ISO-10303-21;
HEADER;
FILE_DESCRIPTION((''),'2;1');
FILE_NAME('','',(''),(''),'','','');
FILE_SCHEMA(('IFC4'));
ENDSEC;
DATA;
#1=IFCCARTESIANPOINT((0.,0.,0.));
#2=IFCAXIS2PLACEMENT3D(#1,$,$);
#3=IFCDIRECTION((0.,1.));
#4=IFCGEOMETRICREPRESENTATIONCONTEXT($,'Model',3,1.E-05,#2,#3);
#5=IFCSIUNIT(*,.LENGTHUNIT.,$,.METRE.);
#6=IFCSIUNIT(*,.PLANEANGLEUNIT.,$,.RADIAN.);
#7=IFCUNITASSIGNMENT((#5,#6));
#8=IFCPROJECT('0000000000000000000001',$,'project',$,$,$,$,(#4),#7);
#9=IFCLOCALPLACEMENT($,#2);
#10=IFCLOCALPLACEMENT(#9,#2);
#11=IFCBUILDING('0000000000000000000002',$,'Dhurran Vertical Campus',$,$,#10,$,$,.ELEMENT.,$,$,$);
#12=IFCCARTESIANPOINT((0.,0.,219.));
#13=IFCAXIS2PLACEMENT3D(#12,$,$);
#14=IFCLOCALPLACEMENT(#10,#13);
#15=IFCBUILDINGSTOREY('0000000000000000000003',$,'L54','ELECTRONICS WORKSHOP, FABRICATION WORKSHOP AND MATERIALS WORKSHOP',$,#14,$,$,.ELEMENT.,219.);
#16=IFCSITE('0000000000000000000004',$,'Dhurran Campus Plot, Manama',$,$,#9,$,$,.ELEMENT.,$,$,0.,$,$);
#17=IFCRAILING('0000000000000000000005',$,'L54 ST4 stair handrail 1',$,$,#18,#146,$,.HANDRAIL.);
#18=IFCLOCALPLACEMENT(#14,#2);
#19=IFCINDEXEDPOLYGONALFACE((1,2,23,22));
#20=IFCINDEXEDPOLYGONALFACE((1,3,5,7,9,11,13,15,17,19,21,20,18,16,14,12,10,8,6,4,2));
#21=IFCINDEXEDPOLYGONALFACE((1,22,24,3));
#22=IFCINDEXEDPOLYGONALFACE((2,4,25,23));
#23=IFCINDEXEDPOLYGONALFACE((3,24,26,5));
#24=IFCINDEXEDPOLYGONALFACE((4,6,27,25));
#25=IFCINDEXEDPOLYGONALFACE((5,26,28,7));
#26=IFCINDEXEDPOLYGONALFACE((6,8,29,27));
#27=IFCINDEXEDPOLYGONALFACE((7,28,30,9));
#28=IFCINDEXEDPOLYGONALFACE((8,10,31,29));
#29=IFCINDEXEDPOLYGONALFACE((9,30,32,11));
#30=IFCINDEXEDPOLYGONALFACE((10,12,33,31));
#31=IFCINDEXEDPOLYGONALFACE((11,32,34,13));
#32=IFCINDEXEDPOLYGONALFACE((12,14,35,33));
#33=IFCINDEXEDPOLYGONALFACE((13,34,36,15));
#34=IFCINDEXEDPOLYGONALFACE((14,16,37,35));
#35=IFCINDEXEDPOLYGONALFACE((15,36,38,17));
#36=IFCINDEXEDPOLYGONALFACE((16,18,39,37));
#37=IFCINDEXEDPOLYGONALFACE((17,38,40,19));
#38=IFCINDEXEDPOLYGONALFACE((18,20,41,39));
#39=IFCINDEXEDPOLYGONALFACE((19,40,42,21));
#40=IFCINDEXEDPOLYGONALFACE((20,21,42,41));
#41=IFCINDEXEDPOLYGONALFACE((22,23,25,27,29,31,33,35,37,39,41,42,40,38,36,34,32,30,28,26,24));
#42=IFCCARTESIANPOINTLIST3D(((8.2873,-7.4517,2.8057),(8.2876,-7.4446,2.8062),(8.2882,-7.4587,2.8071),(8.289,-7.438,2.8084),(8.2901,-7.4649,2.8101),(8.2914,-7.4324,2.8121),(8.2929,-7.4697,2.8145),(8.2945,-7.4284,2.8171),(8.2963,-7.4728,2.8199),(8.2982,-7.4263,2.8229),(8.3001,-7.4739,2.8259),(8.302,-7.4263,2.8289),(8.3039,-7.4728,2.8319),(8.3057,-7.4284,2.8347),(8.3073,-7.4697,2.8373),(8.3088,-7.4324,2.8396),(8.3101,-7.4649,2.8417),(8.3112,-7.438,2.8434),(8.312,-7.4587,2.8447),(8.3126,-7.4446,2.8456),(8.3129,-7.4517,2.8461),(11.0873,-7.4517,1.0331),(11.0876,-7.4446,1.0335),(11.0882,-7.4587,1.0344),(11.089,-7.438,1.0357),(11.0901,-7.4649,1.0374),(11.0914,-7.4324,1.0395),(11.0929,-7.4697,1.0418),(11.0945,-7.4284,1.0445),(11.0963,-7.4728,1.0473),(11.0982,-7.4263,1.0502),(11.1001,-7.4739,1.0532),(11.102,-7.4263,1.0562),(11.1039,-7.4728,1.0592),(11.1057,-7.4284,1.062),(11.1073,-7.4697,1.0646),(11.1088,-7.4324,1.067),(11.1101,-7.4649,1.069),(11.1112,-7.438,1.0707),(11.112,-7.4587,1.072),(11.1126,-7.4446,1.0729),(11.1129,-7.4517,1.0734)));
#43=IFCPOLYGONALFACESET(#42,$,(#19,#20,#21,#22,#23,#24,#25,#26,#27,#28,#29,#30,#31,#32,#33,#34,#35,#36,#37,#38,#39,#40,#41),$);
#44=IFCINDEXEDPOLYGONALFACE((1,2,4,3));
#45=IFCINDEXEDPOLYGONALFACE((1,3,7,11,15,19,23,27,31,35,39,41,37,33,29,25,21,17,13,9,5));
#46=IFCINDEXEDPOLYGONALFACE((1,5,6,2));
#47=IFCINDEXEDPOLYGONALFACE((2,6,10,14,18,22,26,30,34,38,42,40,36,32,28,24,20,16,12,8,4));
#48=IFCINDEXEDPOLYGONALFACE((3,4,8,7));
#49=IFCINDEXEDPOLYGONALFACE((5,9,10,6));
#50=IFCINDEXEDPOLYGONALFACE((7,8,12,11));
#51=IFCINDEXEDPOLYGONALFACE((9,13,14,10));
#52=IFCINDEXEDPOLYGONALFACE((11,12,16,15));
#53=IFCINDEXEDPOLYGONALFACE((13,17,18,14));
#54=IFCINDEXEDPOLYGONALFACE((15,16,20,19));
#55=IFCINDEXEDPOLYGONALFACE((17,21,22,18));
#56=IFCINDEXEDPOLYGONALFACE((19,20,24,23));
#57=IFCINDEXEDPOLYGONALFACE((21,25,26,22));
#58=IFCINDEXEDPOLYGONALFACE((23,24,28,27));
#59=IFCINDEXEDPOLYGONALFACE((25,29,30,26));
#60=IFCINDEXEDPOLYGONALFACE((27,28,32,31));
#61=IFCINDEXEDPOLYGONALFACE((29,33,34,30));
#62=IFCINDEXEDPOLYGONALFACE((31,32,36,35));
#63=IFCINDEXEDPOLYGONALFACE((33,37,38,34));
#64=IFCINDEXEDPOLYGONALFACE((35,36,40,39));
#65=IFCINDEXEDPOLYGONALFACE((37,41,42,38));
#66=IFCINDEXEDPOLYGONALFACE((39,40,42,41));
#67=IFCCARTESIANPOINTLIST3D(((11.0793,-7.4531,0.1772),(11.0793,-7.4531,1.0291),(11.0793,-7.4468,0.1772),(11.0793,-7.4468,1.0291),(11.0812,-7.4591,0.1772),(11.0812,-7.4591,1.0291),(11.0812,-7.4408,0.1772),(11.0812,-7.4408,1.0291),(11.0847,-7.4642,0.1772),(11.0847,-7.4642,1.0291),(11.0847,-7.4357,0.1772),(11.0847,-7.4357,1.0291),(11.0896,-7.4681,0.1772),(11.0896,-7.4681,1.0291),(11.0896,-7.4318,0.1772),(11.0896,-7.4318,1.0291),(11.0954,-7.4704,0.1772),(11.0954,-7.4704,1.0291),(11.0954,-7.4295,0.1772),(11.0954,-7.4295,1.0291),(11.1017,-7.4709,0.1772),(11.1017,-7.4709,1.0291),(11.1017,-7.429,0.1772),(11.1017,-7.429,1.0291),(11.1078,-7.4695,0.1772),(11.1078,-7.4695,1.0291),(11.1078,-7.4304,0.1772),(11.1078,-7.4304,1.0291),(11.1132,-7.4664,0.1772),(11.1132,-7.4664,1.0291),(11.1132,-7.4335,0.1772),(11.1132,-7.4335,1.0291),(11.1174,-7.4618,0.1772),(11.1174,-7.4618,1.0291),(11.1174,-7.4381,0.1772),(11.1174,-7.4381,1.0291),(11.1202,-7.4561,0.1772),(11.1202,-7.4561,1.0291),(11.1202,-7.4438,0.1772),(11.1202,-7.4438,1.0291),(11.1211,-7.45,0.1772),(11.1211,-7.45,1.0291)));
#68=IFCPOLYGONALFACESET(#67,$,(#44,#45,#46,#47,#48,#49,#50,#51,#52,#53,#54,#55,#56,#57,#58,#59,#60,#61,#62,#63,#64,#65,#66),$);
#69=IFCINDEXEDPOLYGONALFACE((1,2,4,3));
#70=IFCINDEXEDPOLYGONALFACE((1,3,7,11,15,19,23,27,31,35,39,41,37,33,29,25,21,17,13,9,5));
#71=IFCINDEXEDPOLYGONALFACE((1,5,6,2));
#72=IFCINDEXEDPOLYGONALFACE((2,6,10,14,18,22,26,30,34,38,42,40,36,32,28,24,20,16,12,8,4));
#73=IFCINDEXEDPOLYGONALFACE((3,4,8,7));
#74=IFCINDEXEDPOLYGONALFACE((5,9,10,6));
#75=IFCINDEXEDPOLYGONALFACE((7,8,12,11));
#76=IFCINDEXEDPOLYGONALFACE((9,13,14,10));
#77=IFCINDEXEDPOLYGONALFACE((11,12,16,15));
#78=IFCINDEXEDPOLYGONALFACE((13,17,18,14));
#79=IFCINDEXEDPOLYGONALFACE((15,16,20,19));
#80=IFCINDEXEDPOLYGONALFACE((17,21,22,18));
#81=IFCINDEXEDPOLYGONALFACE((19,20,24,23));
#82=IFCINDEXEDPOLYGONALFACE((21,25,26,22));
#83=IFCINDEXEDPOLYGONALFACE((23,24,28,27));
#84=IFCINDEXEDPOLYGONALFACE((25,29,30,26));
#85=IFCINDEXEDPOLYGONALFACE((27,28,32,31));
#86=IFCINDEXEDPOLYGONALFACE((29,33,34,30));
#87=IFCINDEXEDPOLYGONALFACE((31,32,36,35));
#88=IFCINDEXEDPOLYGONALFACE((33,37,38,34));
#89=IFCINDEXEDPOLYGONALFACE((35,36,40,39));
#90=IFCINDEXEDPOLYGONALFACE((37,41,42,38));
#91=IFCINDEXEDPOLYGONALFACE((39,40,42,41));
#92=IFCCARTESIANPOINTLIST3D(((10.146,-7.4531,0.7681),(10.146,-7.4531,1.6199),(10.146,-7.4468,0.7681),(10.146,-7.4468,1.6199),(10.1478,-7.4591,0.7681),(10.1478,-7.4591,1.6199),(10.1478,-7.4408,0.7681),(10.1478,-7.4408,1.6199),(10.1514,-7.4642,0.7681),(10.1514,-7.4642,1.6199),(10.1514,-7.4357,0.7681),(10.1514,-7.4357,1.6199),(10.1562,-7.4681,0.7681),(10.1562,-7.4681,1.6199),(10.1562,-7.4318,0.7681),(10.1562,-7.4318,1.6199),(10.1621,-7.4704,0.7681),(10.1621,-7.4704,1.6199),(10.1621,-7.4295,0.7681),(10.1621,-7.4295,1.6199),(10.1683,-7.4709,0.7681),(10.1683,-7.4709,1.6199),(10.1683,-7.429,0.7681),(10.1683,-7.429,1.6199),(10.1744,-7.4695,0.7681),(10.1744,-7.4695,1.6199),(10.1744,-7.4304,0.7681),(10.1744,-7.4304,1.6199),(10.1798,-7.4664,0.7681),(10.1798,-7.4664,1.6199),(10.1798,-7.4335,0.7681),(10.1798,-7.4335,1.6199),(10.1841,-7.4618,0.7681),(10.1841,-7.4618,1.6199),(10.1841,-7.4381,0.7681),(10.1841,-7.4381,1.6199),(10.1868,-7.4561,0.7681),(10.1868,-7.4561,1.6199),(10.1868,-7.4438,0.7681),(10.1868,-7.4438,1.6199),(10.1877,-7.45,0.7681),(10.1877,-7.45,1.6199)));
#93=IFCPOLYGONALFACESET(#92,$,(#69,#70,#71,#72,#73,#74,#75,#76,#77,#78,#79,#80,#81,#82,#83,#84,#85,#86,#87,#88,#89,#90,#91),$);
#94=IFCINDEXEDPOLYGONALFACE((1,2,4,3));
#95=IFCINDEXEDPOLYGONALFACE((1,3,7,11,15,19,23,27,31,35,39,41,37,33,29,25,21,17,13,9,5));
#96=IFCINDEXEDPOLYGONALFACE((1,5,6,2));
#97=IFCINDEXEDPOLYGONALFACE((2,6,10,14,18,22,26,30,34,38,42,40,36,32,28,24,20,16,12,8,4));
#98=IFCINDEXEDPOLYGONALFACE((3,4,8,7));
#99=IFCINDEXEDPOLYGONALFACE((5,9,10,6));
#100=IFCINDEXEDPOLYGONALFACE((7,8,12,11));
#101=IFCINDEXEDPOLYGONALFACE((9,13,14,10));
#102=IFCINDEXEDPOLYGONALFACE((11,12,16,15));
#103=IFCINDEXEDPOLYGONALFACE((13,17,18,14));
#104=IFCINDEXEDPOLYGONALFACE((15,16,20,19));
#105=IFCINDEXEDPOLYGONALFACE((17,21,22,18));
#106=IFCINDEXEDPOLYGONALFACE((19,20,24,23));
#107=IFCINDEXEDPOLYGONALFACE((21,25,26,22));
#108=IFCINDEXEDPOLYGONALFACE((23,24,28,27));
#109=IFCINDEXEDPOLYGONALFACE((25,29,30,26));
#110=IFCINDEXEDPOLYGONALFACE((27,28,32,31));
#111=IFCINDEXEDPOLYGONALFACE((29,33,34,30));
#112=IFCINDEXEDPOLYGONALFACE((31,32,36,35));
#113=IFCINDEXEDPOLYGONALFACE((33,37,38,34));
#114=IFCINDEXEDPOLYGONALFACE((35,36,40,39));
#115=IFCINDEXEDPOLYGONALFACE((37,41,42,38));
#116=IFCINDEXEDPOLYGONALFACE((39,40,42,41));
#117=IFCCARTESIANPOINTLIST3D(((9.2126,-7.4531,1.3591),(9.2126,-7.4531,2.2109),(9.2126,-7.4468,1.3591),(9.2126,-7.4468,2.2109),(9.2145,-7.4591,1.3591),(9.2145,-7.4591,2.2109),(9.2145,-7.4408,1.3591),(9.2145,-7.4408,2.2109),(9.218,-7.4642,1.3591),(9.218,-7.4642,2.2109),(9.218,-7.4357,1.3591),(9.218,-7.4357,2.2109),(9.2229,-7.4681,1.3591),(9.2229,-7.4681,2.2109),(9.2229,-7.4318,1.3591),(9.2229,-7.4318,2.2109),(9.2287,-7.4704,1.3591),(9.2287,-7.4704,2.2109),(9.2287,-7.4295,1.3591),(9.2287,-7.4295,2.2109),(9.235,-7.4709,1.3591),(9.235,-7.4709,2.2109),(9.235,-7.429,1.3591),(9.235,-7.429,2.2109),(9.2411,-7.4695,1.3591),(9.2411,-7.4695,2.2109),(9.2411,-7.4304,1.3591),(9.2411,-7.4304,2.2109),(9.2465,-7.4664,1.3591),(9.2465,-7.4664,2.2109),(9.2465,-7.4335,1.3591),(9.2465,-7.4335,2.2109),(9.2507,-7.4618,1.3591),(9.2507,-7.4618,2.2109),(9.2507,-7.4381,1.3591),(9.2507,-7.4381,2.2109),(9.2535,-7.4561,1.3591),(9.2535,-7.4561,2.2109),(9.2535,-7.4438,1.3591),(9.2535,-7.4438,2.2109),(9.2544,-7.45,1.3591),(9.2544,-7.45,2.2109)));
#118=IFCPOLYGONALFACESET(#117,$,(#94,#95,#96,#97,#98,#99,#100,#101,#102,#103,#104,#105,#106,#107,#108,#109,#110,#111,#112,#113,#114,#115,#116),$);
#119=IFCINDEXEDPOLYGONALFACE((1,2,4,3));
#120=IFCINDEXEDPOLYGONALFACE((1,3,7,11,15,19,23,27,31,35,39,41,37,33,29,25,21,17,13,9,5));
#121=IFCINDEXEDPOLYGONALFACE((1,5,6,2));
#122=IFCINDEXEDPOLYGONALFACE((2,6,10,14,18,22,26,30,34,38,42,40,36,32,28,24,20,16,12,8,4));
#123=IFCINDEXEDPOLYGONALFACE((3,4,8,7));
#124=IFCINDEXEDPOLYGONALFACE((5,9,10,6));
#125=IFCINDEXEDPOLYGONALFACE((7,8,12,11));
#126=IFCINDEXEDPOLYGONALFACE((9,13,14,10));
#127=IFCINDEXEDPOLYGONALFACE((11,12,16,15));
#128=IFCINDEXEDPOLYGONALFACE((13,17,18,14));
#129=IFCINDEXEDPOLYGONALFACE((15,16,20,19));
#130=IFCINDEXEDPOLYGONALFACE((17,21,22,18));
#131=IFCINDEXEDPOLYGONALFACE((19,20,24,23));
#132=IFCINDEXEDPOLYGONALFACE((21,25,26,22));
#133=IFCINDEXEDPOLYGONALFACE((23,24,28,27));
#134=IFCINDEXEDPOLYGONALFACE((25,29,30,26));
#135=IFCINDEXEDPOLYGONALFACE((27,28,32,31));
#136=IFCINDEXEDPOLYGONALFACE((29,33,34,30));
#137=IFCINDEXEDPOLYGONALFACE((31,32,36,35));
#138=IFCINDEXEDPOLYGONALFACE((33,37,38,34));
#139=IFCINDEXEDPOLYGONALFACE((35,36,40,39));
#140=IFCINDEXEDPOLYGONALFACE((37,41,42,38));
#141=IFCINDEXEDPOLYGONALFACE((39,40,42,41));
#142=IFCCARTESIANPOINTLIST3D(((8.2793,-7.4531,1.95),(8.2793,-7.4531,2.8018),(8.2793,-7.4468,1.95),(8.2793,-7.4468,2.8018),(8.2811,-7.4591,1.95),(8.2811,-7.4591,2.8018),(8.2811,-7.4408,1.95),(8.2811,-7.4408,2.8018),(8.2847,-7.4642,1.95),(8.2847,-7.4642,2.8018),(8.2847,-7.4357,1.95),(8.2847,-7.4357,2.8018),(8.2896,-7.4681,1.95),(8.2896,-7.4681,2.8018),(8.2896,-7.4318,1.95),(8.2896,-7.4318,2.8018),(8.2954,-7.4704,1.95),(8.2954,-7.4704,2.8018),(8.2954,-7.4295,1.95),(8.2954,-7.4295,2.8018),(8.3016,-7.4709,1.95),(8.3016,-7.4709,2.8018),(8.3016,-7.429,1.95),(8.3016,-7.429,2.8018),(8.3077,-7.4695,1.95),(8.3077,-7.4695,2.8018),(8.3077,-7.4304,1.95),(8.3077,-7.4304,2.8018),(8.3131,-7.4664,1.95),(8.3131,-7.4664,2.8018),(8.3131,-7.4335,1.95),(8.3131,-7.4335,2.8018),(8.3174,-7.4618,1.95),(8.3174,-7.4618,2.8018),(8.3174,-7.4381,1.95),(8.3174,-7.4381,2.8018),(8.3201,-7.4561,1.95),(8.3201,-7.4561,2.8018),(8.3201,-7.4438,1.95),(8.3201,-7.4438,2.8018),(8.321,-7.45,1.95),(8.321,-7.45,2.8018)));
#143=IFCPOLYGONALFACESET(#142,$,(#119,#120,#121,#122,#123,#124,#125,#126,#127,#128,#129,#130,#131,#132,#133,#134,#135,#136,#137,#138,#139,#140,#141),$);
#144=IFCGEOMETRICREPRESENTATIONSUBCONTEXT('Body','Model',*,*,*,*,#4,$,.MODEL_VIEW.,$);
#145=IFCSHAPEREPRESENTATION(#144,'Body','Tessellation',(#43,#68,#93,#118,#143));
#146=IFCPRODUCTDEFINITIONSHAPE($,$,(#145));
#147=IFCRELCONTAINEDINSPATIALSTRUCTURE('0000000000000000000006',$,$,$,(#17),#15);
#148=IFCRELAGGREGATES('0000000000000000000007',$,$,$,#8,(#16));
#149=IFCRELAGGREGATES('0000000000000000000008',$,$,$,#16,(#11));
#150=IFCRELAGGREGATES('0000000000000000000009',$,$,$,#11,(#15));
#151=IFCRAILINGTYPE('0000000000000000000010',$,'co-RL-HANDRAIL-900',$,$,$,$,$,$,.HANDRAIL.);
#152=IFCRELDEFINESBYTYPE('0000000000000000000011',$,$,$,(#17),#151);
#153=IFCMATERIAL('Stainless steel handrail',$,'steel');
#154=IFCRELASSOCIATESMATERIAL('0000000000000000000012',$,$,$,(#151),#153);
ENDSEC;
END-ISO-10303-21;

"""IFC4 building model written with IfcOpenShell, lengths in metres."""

from ifc_helpers import new_model, si_unit, direction, frame, origin, origin_2d, place, context, subcontext, project, spatial, circle, extrude, material, type_object, element, save


model = new_model("IFC4")

# Units and contexts
model_context = context("Model", 3, precision=1e-05, world=origin(), true_north=direction((0.0, 1.0)))
body_context = subcontext(model_context, "Body", "Model", "MODEL_VIEW")
ifc_project = project(units=[si_unit("LENGTHUNIT", "METRE"), si_unit("PLANEANGLEUNIT", "RADIAN")], contexts=[model_context])

# Site, building, storey
site_placement = place(None, origin())
site = spatial("IfcSite", under=ifc_project, at=site_placement, Name="Dhurran Campus Plot, Manama", CompositionType="ELEMENT", RefElevation=0.0)
building_placement = place(site_placement, origin())
building = spatial("IfcBuilding", under=site, at=building_placement, Name="Dhurran Vertical Campus", CompositionType="ELEMENT")
storey_placement = place(building_placement, frame((0.0, 0.0, 219.0)))
storey = spatial("IfcBuildingStorey", under=building, at=storey_placement, Name="L54", Description="ELECTRONICS WORKSHOP, FABRICATION WORKSHOP AND MATERIALS WORKSHOP", CompositionType="ELEMENT", Elevation=219.0)

# Railing
ifc_material_1 = material(Name="Stainless steel handrail", Category="steel")
railing_type_1 = type_object("IfcRailingType", Name="co-RL-HANDRAIL-900", PredefinedType="HANDRAIL", material=ifc_material_1)
railing_1_placement = place(storey_placement, frame((11.1001, -7.45, 0.1772)))
element("IfcRailing", 1, at=railing_1_placement, inside=storey, type_object=railing_type_1, Name="L54 ST4 stair handrail 1", PredefinedType="HANDRAIL", context=body_context, shape_type="SweptSolid", body=[
    extrude(circle(Radius=0.0239, at=origin_2d()), frame((0.0, 0.0, 0.876), z_axis=(-0.844909, 0.0, 0.53491), x_axis=(0.0, -1.0, 0.0)), (0.0, 0.0, 1.0), 3.314),
    extrude(circle(Radius=0.021, at=origin_2d()), origin(), (0.0, 0.0, 1.0), 0.8518),
    extrude(circle(Radius=0.021, at=origin_2d()), frame((-0.9333, 0.0, 0.5908)), (0.0, 0.0, 1.0), 0.8518),
    extrude(circle(Radius=0.021, at=origin_2d()), frame((-1.8667, 0.0, 1.1819)), (0.0, 0.0, 1.0), 0.8518),
    extrude(circle(Radius=0.021, at=origin_2d()), frame((-2.8, 0.0, 1.7727)), (0.0, 0.0, 1.0), 0.8518),
])

save(model, "model.ifc")
